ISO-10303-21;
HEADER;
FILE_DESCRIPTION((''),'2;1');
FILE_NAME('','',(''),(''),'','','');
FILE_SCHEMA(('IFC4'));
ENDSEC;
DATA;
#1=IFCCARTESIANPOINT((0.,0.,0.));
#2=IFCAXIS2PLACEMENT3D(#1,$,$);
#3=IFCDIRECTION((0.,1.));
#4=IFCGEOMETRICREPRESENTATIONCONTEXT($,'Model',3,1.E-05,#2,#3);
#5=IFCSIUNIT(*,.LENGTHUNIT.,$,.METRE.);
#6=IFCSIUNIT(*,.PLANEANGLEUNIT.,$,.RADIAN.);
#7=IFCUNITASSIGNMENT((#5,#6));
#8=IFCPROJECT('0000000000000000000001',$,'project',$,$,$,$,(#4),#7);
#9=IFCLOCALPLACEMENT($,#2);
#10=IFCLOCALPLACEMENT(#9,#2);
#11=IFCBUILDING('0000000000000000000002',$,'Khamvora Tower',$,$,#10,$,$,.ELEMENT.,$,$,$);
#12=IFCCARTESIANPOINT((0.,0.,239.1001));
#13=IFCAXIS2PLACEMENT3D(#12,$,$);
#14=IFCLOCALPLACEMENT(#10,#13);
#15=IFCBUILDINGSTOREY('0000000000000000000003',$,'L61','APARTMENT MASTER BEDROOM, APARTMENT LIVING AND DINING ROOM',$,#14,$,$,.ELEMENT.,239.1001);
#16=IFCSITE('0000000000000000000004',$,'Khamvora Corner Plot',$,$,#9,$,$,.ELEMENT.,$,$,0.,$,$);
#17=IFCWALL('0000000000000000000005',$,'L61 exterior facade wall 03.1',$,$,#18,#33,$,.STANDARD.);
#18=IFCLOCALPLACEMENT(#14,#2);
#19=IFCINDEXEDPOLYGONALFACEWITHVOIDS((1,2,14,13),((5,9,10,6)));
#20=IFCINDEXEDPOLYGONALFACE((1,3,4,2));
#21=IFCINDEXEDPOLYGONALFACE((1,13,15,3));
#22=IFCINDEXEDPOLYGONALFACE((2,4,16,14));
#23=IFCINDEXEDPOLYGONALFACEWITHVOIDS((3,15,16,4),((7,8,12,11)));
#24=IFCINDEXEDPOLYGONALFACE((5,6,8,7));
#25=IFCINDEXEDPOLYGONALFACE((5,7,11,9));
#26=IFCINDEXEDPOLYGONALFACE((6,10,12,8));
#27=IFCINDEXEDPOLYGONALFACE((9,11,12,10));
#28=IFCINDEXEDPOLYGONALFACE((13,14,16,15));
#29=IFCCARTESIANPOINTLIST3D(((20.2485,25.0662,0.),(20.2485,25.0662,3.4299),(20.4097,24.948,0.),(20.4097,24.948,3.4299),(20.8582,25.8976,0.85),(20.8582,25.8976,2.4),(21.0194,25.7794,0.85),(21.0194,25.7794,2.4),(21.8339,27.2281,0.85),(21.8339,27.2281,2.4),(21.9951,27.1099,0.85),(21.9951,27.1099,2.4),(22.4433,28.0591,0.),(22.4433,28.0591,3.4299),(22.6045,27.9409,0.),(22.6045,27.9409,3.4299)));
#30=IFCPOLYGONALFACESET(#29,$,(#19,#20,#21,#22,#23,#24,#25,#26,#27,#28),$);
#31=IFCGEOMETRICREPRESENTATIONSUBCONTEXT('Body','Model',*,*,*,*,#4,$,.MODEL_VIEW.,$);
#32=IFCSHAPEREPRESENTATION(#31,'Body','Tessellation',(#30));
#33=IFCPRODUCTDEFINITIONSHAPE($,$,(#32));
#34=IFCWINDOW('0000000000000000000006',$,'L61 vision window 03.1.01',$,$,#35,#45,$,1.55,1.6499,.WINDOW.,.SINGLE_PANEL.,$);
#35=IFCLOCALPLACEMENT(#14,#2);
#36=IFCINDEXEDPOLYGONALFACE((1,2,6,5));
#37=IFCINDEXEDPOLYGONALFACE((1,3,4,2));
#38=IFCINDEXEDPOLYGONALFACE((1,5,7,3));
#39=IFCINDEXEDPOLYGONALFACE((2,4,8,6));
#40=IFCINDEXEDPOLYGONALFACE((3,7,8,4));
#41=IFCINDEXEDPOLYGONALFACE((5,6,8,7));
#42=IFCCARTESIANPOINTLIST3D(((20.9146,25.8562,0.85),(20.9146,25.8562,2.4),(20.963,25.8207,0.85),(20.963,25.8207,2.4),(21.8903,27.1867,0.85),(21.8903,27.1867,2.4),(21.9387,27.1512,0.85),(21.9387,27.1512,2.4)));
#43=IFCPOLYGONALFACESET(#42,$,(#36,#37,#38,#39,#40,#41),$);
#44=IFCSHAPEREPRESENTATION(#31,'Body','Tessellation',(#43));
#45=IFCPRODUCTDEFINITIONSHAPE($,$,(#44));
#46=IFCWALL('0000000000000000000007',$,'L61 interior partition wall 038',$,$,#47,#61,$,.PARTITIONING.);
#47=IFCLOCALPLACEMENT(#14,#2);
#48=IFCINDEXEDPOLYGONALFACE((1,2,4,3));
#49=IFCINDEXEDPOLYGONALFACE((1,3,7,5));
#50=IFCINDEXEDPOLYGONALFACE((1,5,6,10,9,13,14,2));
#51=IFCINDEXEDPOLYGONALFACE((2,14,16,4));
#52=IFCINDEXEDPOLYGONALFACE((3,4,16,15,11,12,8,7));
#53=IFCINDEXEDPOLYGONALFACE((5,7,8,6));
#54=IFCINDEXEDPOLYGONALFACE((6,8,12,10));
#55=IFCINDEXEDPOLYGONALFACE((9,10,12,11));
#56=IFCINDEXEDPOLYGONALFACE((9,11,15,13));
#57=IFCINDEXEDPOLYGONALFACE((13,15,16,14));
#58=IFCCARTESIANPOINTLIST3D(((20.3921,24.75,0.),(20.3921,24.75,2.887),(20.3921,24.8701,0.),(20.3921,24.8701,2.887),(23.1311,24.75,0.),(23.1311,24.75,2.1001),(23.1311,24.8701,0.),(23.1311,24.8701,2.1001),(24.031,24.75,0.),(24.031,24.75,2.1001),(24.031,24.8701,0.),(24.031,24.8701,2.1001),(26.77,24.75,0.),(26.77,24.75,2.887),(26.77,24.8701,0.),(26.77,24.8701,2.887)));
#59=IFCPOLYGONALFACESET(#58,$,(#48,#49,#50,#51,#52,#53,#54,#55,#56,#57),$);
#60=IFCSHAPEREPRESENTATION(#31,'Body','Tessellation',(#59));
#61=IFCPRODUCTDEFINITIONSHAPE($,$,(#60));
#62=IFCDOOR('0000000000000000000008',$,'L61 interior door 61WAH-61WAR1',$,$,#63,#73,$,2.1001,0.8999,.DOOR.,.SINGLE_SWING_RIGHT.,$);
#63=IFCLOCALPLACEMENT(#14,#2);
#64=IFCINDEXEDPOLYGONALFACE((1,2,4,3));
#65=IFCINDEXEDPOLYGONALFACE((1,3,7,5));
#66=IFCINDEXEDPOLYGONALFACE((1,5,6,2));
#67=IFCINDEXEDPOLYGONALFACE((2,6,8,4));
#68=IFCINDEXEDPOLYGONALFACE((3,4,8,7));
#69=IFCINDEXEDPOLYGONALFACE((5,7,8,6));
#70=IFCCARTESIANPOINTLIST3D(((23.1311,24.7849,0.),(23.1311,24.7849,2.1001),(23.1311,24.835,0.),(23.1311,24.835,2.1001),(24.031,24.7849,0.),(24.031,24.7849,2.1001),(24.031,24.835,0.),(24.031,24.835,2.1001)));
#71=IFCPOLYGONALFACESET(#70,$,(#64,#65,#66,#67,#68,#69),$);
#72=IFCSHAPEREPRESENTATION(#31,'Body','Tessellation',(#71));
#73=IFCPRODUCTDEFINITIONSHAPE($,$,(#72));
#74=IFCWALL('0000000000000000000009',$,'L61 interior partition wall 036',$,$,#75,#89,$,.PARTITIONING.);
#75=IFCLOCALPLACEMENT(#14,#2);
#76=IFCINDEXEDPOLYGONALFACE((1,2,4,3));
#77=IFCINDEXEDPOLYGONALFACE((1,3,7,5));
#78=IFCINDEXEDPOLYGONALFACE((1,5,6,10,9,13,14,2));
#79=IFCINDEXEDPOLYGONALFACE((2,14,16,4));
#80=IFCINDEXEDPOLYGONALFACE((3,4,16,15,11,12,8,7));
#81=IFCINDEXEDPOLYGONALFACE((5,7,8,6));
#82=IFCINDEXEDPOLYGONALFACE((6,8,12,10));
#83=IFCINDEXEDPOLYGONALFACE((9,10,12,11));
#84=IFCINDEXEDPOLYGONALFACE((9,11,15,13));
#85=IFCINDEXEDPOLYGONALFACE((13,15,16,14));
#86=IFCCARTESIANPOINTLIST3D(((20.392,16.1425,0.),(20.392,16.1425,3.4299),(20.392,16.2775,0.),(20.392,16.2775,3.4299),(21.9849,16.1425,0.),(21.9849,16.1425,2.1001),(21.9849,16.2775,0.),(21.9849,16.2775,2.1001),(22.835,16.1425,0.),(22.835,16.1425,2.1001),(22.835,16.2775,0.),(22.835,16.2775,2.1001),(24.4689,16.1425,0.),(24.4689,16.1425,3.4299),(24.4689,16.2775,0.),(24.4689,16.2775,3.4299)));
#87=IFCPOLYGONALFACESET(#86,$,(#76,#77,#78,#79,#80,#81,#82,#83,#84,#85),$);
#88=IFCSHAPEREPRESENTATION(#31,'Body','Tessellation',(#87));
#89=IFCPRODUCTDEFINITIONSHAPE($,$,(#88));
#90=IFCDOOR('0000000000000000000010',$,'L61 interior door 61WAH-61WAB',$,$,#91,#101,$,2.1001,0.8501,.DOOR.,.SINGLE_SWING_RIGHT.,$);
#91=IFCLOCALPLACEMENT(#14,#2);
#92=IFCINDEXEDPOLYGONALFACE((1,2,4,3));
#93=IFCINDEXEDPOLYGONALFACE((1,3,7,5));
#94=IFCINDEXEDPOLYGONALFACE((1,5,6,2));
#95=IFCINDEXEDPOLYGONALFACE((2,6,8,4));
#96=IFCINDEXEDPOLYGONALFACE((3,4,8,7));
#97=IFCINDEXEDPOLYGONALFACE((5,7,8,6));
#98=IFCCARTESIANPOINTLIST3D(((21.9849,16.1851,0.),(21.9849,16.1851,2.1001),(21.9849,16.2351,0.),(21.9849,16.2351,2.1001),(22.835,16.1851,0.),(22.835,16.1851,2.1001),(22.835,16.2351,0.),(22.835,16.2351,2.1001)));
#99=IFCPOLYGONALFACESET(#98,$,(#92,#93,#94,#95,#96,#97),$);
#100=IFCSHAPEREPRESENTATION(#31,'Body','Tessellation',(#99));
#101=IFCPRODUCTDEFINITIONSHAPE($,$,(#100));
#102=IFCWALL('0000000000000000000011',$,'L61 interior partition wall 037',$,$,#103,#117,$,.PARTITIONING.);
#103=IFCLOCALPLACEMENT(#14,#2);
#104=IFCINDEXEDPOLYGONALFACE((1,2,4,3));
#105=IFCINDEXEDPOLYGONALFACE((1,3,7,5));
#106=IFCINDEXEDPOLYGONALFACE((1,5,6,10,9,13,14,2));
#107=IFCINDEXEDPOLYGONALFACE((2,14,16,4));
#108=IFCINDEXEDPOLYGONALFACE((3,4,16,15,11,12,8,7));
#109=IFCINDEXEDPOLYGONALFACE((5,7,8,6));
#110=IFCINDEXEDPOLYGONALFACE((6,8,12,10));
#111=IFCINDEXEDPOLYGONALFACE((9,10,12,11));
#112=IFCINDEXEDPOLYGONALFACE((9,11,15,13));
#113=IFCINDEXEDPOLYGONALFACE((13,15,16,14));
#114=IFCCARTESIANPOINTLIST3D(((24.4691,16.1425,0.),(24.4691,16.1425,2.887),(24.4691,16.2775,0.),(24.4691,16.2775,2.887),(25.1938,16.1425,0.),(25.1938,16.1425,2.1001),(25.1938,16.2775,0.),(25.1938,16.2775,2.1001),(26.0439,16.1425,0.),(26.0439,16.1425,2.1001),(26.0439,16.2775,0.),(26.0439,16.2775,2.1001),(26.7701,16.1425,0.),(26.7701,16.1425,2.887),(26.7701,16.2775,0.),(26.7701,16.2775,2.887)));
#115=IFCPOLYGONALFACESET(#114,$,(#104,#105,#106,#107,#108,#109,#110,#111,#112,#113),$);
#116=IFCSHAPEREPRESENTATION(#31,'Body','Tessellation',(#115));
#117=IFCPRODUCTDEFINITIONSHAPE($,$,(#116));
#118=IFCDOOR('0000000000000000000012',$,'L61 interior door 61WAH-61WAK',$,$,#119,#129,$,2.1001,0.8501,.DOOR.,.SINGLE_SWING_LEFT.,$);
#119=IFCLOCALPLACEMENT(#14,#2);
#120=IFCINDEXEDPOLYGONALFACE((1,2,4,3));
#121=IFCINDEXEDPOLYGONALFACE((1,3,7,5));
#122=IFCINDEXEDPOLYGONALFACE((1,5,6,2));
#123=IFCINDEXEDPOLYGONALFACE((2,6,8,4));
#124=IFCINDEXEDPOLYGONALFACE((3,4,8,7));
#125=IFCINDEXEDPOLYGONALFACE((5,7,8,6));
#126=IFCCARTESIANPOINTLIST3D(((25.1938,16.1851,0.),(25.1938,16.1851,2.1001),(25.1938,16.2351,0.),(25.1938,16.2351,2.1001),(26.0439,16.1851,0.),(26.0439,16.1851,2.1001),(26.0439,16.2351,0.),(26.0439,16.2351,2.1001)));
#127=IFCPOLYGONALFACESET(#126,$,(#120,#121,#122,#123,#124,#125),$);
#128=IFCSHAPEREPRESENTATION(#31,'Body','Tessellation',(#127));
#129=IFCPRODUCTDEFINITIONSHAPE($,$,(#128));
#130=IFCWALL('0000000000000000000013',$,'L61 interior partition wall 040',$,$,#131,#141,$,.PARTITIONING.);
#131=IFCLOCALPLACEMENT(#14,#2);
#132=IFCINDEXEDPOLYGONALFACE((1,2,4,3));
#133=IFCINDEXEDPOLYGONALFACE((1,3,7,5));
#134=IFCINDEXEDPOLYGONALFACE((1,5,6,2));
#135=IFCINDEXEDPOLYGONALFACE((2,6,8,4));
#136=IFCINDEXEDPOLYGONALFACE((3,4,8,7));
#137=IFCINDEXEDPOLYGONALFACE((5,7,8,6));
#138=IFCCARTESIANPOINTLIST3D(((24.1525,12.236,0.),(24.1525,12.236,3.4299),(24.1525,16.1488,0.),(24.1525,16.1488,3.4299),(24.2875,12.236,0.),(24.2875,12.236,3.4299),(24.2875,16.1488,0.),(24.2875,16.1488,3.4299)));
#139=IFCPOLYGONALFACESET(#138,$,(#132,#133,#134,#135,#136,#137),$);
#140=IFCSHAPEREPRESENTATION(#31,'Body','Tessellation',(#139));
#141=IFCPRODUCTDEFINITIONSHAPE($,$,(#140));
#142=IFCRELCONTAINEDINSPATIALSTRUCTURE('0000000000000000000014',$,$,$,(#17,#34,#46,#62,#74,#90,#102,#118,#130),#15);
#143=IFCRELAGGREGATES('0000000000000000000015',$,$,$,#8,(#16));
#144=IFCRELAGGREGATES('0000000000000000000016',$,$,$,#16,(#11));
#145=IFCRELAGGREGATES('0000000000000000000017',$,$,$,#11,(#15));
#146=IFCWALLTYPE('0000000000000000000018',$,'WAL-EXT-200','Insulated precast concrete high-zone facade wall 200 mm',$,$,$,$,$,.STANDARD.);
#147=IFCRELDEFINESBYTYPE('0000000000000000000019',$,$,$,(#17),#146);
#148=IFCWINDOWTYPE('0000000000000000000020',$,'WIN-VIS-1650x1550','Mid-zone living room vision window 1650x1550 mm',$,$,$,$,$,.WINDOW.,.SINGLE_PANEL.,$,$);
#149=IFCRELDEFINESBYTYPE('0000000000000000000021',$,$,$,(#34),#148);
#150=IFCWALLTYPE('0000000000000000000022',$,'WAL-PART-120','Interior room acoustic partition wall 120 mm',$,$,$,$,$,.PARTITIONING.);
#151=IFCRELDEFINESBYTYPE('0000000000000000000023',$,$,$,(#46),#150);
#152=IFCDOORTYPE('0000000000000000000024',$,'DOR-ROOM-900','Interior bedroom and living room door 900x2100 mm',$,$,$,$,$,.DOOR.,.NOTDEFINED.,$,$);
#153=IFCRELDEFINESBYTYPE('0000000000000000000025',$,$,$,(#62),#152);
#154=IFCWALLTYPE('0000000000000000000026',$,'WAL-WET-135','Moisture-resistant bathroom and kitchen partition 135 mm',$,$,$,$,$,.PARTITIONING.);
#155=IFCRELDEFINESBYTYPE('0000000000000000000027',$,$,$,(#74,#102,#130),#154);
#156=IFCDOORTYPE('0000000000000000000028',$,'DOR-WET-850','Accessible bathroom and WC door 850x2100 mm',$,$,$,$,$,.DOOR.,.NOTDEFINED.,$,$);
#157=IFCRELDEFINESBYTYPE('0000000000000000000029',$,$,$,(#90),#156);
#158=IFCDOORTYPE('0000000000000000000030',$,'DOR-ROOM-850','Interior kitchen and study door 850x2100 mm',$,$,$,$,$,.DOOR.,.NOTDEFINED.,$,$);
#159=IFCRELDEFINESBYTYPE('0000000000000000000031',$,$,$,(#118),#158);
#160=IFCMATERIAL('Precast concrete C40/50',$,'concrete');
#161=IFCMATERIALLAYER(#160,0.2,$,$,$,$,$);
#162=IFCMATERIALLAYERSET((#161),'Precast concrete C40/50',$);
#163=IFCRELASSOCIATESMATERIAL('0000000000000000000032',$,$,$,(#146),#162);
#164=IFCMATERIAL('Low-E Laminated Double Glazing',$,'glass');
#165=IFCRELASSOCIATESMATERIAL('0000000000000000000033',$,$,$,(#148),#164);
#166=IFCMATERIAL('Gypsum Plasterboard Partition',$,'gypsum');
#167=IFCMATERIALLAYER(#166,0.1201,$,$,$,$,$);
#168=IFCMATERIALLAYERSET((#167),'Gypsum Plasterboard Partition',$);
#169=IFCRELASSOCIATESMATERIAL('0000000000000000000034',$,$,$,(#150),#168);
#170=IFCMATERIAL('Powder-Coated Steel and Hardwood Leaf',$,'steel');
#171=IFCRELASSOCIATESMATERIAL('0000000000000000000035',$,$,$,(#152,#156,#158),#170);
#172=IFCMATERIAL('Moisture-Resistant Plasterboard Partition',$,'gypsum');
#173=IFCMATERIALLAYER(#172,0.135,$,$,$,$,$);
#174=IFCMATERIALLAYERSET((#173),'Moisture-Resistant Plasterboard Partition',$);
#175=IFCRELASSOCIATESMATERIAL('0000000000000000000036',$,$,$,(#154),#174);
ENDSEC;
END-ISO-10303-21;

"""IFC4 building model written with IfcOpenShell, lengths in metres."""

from ifc_helpers import new_model, si_unit, direction, frame, frame_2d, origin, place, context, subcontext, project, spatial, rectangle, extrude, material, layer, layer_set, type_object, element, fill, save


model = new_model("IFC4")

# Units and contexts
model_context = context("Model", 3, precision=1e-05, world=origin(), true_north=direction((0.0, 1.0)))
body_context = subcontext(model_context, "Body", "Model", "MODEL_VIEW")
ifc_project = project(units=[si_unit("LENGTHUNIT", "METRE"), si_unit("PLANEANGLEUNIT", "RADIAN")], contexts=[model_context])

# Site, building, storey
site_placement = place(None, origin())
site = spatial("IfcSite", under=ifc_project, at=site_placement, Name="Khamvora Corner Plot", CompositionType="ELEMENT", RefElevation=0.0)
building_placement = place(site_placement, origin())
building = spatial("IfcBuilding", under=site, at=building_placement, Name="Khamvora Tower", CompositionType="ELEMENT")
storey_placement = place(building_placement, frame((0.0, 0.0, 239.1001)))
storey = spatial("IfcBuildingStorey", under=building, at=storey_placement, Name="L61", Description="APARTMENT MASTER BEDROOM, APARTMENT LIVING AND DINING ROOM", CompositionType="ELEMENT", Elevation=239.1001)

# Shared definitions
ifc_material_1 = material(Name="Precast concrete C40/50", Category="concrete")
ifc_layer_1 = layer(ifc_material_1, 0.2)
ifc_layer_set_1 = layer_set([ifc_layer_1], Name="Precast concrete C40/50")
wall_type_1 = type_object("IfcWallType", Name="WAL-EXT-200", Description="Insulated precast concrete high-zone facade wall 200 mm", PredefinedType="STANDARD", material=ifc_layer_set_1)

# Wall, opening, window
ifc_material_2 = material(Name="Low-E Laminated Double Glazing", Category="glass")
window_type = type_object("IfcWindowType", Name="WIN-VIS-1650x1550", Description="Mid-zone living room vision window 1650x1550 mm", PartitioningType="SINGLE_PANEL", PredefinedType="WINDOW", material=ifc_material_2)
wall_1_placement = place(storey_placement, frame((20.3291, 25.0071, 0.0), z_axis=(0.0, 0.0, 1.0), x_axis=(0.591367, 0.806403, 0.0)))
wall_1 = element("IfcWall", 1, at=wall_1_placement, inside=storey, type_object=wall_type_1, Name="L61 exterior facade wall 03.1", PredefinedType="STANDARD", context=body_context, shape_type="SweptSolid", body=[
    extrude(rectangle(XDim=3.7114, YDim=0.2, at=frame_2d((1.8557, 0.0))), origin(), (0.0, 0.0, 1.0), 3.4299),
])
opening_1_placement = place(wall_1_placement, frame((1.031, 0.0, 0.8501)))
opening_1 = element("IfcOpeningElement", 2, at=opening_1_placement, cuts=wall_1, PredefinedType="OPENING", context=body_context, shape_type="SweptSolid", body=[
    extrude(rectangle(XDim=1.6499, YDim=1.55, at=frame_2d((0.825, 0.7749))), frame((0.0, 0.1099, 0.0), z_axis=(0.0, -1.0, 0.0), x_axis=(1.0, 0.0, 0.0)), (0.0, 0.0, 1.0), 0.22),
])
window_1_placement = place(opening_1_placement, origin())
window_1 = element("IfcWindow", 3, at=window_1_placement, inside=storey, type_object=window_type, Name="L61 vision window 03.1.01", OverallHeight=1.55, OverallWidth=1.6499, PartitioningType="SINGLE_PANEL", PredefinedType="WINDOW", context=body_context, shape_type="SweptSolid", body=[
    extrude(rectangle(XDim=1.6499, YDim=1.55, at=frame_2d((0.825, 0.7749))), frame((0.0, 0.03, 0.0), z_axis=(0.0, -1.0, 0.0), x_axis=(1.0, 0.0, 0.0)), (0.0, 0.0, 1.0), 0.0601),
])
fill(opening_1, window_1)

# Walls, openings, doors
ifc_material_3 = material(Name="Gypsum Plasterboard Partition", Category="gypsum")
ifc_layer_2 = layer(ifc_material_3, 0.1201)
ifc_layer_set_2 = layer_set([ifc_layer_2], Name="Gypsum Plasterboard Partition")
wall_type_2 = type_object("IfcWallType", Name="WAL-PART-120", Description="Interior room acoustic partition wall 120 mm", PredefinedType="PARTITIONING", material=ifc_layer_set_2)
wall_2_placement = place(storey_placement, frame((20.3921, 24.8101, 0.0), z_axis=(0.0, 0.0, 1.0), x_axis=(1.0, 0.0, 0.0)))
wall_2 = element("IfcWall", 4, at=wall_2_placement, inside=storey, type_object=wall_type_2, Name="L61 interior partition wall 038", PredefinedType="PARTITIONING", context=body_context, shape_type="SweptSolid", body=[
    extrude(rectangle(XDim=6.3779, YDim=0.1201, at=frame_2d((3.189, 0.0))), origin(), (0.0, 0.0, 1.0), 2.887),
])
opening_2_placement = place(wall_2_placement, frame((2.739, 0.0, 0.0)))
opening_2 = element("IfcOpeningElement", 5, at=opening_2_placement, cuts=wall_2, PredefinedType="OPENING", context=body_context, shape_type="SweptSolid", body=[
    extrude(rectangle(XDim=0.8999, YDim=2.1001, at=frame_2d((0.45, 1.05))), frame((0.0, 0.0701, 0.0), z_axis=(0.0, -1.0, 0.0), x_axis=(1.0, 0.0, 0.0)), (0.0, 0.0, 1.0), 0.1401),
])
ifc_material_4 = material(Name="Powder-Coated Steel and Hardwood Leaf", Category="steel")
door_type_1 = type_object("IfcDoorType", Name="DOR-ROOM-900", Description="Interior bedroom and living room door 900x2100 mm", OperationType="NOTDEFINED", PredefinedType="DOOR", material=ifc_material_4)
door_1_placement = place(opening_2_placement, origin())
door_1 = element("IfcDoor", 6, at=door_1_placement, inside=storey, type_object=door_type_1, Name="L61 interior door 61WAH-61WAR1", OperationType="SINGLE_SWING_RIGHT", OverallHeight=2.1001, OverallWidth=0.8999, PredefinedType="DOOR", context=body_context, shape_type="SweptSolid", body=[
    extrude(rectangle(XDim=0.8999, YDim=2.1001, at=frame_2d((0.45, 1.05))), frame((0.0, 0.0249, 0.0), z_axis=(0.0, -1.0, 0.0), x_axis=(1.0, 0.0, 0.0)), (0.0, 0.0, 1.0), 0.05),
])
fill(opening_2, door_1)
ifc_material_5 = material(Name="Moisture-Resistant Plasterboard Partition", Category="gypsum")
ifc_layer_3 = layer(ifc_material_5, 0.135)
ifc_layer_set_3 = layer_set([ifc_layer_3], Name="Moisture-Resistant Plasterboard Partition")
wall_type_3 = type_object("IfcWallType", Name="WAL-WET-135", Description="Moisture-resistant bathroom and kitchen partition 135 mm", PredefinedType="PARTITIONING", material=ifc_layer_set_3)
wall_3_placement = place(storey_placement, frame((24.469, 16.21, 0.0), z_axis=(0.0, 0.0, 1.0), x_axis=(-1.0, 0.0, 0.0)))
wall_3 = element("IfcWall", 7, at=wall_3_placement, inside=storey, type_object=wall_type_3, Name="L61 interior partition wall 036", PredefinedType="PARTITIONING", context=body_context, shape_type="SweptSolid", body=[
    extrude(rectangle(XDim=4.0769, YDim=0.135, at=frame_2d((2.0386, 0.0))), origin(), (0.0, 0.0, 1.0), 3.4299),
])
opening_3_placement = place(wall_3_placement, frame((1.634, 0.0, 0.0)))
opening_3 = element("IfcOpeningElement", 8, at=opening_3_placement, cuts=wall_3, PredefinedType="OPENING", context=body_context, shape_type="SweptSolid", body=[
    extrude(rectangle(XDim=0.8501, YDim=2.1001, at=frame_2d((0.425, 1.05))), frame((0.0, 0.0774, 0.0), z_axis=(0.0, -1.0, 0.0), x_axis=(1.0, 0.0, 0.0)), (0.0, 0.0, 1.0), 0.155),
])
door_type_2 = type_object("IfcDoorType", Name="DOR-WET-850", Description="Accessible bathroom and WC door 850x2100 mm", OperationType="NOTDEFINED", PredefinedType="DOOR", material=ifc_material_4)
door_2_placement = place(opening_3_placement, origin())
door_2 = element("IfcDoor", 9, at=door_2_placement, inside=storey, type_object=door_type_2, Name="L61 interior door 61WAH-61WAB", OperationType="SINGLE_SWING_RIGHT", OverallHeight=2.1001, OverallWidth=0.8501, PredefinedType="DOOR", context=body_context, shape_type="SweptSolid", body=[
    extrude(rectangle(XDim=0.8501, YDim=2.1001, at=frame_2d((0.425, 1.05))), frame((0.0, 0.0249, 0.0), z_axis=(0.0, -1.0, 0.0), x_axis=(1.0, 0.0, 0.0)), (0.0, 0.0, 1.0), 0.05),
])
fill(opening_3, door_2)
wall_4_placement = place(storey_placement, frame((26.77, 16.21, 0.0), z_axis=(0.0, 0.0, 1.0), x_axis=(-1.0, 0.0, 0.0)))
wall_4 = element("IfcWall", 10, at=wall_4_placement, inside=storey, type_object=wall_type_3, Name="L61 interior partition wall 037", PredefinedType="PARTITIONING", context=body_context, shape_type="SweptSolid", body=[
    extrude(rectangle(XDim=2.301, YDim=0.135, at=frame_2d((1.1504, 0.0))), origin(), (0.0, 0.0, 1.0), 2.887),
])
opening_4_placement = place(wall_4_placement, frame((0.7261, 0.0, 0.0)))
opening_4 = element("IfcOpeningElement", 11, at=opening_4_placement, cuts=wall_4, PredefinedType="OPENING", context=body_context, shape_type="SweptSolid", body=[
    extrude(rectangle(XDim=0.8501, YDim=2.1001, at=frame_2d((0.425, 1.05))), frame((0.0, 0.0774, 0.0), z_axis=(0.0, -1.0, 0.0), x_axis=(1.0, 0.0, 0.0)), (0.0, 0.0, 1.0), 0.155),
])
door_type_3 = type_object("IfcDoorType", Name="DOR-ROOM-850", Description="Interior kitchen and study door 850x2100 mm", OperationType="NOTDEFINED", PredefinedType="DOOR", material=ifc_material_4)
door_3_placement = place(opening_4_placement, origin())
door_3 = element("IfcDoor", 12, at=door_3_placement, inside=storey, type_object=door_type_3, Name="L61 interior door 61WAH-61WAK", OperationType="SINGLE_SWING_LEFT", OverallHeight=2.1001, OverallWidth=0.8501, PredefinedType="DOOR", context=body_context, shape_type="SweptSolid", body=[
    extrude(rectangle(XDim=0.8501, YDim=2.1001, at=frame_2d((0.425, 1.05))), frame((0.0, 0.0249, 0.0), z_axis=(0.0, -1.0, 0.0), x_axis=(1.0, 0.0, 0.0)), (0.0, 0.0, 1.0), 0.05),
])
fill(opening_4, door_3)

# Wall
wall_5_placement = place(storey_placement, frame((24.22, 16.1489, 0.0), z_axis=(0.0, 0.0, 1.0), x_axis=(0.0, -1.0, 0.0)))
element("IfcWall", 13, at=wall_5_placement, inside=storey, type_object=wall_type_3, Name="L61 interior partition wall 040", PredefinedType="PARTITIONING", context=body_context, shape_type="SweptSolid", body=[
    extrude(rectangle(XDim=3.9128, YDim=0.135, at=frame_2d((1.9565, 0.0))), origin(), (0.0, 0.0, 1.0), 3.4299),
])

save(model, "model.ifc")
